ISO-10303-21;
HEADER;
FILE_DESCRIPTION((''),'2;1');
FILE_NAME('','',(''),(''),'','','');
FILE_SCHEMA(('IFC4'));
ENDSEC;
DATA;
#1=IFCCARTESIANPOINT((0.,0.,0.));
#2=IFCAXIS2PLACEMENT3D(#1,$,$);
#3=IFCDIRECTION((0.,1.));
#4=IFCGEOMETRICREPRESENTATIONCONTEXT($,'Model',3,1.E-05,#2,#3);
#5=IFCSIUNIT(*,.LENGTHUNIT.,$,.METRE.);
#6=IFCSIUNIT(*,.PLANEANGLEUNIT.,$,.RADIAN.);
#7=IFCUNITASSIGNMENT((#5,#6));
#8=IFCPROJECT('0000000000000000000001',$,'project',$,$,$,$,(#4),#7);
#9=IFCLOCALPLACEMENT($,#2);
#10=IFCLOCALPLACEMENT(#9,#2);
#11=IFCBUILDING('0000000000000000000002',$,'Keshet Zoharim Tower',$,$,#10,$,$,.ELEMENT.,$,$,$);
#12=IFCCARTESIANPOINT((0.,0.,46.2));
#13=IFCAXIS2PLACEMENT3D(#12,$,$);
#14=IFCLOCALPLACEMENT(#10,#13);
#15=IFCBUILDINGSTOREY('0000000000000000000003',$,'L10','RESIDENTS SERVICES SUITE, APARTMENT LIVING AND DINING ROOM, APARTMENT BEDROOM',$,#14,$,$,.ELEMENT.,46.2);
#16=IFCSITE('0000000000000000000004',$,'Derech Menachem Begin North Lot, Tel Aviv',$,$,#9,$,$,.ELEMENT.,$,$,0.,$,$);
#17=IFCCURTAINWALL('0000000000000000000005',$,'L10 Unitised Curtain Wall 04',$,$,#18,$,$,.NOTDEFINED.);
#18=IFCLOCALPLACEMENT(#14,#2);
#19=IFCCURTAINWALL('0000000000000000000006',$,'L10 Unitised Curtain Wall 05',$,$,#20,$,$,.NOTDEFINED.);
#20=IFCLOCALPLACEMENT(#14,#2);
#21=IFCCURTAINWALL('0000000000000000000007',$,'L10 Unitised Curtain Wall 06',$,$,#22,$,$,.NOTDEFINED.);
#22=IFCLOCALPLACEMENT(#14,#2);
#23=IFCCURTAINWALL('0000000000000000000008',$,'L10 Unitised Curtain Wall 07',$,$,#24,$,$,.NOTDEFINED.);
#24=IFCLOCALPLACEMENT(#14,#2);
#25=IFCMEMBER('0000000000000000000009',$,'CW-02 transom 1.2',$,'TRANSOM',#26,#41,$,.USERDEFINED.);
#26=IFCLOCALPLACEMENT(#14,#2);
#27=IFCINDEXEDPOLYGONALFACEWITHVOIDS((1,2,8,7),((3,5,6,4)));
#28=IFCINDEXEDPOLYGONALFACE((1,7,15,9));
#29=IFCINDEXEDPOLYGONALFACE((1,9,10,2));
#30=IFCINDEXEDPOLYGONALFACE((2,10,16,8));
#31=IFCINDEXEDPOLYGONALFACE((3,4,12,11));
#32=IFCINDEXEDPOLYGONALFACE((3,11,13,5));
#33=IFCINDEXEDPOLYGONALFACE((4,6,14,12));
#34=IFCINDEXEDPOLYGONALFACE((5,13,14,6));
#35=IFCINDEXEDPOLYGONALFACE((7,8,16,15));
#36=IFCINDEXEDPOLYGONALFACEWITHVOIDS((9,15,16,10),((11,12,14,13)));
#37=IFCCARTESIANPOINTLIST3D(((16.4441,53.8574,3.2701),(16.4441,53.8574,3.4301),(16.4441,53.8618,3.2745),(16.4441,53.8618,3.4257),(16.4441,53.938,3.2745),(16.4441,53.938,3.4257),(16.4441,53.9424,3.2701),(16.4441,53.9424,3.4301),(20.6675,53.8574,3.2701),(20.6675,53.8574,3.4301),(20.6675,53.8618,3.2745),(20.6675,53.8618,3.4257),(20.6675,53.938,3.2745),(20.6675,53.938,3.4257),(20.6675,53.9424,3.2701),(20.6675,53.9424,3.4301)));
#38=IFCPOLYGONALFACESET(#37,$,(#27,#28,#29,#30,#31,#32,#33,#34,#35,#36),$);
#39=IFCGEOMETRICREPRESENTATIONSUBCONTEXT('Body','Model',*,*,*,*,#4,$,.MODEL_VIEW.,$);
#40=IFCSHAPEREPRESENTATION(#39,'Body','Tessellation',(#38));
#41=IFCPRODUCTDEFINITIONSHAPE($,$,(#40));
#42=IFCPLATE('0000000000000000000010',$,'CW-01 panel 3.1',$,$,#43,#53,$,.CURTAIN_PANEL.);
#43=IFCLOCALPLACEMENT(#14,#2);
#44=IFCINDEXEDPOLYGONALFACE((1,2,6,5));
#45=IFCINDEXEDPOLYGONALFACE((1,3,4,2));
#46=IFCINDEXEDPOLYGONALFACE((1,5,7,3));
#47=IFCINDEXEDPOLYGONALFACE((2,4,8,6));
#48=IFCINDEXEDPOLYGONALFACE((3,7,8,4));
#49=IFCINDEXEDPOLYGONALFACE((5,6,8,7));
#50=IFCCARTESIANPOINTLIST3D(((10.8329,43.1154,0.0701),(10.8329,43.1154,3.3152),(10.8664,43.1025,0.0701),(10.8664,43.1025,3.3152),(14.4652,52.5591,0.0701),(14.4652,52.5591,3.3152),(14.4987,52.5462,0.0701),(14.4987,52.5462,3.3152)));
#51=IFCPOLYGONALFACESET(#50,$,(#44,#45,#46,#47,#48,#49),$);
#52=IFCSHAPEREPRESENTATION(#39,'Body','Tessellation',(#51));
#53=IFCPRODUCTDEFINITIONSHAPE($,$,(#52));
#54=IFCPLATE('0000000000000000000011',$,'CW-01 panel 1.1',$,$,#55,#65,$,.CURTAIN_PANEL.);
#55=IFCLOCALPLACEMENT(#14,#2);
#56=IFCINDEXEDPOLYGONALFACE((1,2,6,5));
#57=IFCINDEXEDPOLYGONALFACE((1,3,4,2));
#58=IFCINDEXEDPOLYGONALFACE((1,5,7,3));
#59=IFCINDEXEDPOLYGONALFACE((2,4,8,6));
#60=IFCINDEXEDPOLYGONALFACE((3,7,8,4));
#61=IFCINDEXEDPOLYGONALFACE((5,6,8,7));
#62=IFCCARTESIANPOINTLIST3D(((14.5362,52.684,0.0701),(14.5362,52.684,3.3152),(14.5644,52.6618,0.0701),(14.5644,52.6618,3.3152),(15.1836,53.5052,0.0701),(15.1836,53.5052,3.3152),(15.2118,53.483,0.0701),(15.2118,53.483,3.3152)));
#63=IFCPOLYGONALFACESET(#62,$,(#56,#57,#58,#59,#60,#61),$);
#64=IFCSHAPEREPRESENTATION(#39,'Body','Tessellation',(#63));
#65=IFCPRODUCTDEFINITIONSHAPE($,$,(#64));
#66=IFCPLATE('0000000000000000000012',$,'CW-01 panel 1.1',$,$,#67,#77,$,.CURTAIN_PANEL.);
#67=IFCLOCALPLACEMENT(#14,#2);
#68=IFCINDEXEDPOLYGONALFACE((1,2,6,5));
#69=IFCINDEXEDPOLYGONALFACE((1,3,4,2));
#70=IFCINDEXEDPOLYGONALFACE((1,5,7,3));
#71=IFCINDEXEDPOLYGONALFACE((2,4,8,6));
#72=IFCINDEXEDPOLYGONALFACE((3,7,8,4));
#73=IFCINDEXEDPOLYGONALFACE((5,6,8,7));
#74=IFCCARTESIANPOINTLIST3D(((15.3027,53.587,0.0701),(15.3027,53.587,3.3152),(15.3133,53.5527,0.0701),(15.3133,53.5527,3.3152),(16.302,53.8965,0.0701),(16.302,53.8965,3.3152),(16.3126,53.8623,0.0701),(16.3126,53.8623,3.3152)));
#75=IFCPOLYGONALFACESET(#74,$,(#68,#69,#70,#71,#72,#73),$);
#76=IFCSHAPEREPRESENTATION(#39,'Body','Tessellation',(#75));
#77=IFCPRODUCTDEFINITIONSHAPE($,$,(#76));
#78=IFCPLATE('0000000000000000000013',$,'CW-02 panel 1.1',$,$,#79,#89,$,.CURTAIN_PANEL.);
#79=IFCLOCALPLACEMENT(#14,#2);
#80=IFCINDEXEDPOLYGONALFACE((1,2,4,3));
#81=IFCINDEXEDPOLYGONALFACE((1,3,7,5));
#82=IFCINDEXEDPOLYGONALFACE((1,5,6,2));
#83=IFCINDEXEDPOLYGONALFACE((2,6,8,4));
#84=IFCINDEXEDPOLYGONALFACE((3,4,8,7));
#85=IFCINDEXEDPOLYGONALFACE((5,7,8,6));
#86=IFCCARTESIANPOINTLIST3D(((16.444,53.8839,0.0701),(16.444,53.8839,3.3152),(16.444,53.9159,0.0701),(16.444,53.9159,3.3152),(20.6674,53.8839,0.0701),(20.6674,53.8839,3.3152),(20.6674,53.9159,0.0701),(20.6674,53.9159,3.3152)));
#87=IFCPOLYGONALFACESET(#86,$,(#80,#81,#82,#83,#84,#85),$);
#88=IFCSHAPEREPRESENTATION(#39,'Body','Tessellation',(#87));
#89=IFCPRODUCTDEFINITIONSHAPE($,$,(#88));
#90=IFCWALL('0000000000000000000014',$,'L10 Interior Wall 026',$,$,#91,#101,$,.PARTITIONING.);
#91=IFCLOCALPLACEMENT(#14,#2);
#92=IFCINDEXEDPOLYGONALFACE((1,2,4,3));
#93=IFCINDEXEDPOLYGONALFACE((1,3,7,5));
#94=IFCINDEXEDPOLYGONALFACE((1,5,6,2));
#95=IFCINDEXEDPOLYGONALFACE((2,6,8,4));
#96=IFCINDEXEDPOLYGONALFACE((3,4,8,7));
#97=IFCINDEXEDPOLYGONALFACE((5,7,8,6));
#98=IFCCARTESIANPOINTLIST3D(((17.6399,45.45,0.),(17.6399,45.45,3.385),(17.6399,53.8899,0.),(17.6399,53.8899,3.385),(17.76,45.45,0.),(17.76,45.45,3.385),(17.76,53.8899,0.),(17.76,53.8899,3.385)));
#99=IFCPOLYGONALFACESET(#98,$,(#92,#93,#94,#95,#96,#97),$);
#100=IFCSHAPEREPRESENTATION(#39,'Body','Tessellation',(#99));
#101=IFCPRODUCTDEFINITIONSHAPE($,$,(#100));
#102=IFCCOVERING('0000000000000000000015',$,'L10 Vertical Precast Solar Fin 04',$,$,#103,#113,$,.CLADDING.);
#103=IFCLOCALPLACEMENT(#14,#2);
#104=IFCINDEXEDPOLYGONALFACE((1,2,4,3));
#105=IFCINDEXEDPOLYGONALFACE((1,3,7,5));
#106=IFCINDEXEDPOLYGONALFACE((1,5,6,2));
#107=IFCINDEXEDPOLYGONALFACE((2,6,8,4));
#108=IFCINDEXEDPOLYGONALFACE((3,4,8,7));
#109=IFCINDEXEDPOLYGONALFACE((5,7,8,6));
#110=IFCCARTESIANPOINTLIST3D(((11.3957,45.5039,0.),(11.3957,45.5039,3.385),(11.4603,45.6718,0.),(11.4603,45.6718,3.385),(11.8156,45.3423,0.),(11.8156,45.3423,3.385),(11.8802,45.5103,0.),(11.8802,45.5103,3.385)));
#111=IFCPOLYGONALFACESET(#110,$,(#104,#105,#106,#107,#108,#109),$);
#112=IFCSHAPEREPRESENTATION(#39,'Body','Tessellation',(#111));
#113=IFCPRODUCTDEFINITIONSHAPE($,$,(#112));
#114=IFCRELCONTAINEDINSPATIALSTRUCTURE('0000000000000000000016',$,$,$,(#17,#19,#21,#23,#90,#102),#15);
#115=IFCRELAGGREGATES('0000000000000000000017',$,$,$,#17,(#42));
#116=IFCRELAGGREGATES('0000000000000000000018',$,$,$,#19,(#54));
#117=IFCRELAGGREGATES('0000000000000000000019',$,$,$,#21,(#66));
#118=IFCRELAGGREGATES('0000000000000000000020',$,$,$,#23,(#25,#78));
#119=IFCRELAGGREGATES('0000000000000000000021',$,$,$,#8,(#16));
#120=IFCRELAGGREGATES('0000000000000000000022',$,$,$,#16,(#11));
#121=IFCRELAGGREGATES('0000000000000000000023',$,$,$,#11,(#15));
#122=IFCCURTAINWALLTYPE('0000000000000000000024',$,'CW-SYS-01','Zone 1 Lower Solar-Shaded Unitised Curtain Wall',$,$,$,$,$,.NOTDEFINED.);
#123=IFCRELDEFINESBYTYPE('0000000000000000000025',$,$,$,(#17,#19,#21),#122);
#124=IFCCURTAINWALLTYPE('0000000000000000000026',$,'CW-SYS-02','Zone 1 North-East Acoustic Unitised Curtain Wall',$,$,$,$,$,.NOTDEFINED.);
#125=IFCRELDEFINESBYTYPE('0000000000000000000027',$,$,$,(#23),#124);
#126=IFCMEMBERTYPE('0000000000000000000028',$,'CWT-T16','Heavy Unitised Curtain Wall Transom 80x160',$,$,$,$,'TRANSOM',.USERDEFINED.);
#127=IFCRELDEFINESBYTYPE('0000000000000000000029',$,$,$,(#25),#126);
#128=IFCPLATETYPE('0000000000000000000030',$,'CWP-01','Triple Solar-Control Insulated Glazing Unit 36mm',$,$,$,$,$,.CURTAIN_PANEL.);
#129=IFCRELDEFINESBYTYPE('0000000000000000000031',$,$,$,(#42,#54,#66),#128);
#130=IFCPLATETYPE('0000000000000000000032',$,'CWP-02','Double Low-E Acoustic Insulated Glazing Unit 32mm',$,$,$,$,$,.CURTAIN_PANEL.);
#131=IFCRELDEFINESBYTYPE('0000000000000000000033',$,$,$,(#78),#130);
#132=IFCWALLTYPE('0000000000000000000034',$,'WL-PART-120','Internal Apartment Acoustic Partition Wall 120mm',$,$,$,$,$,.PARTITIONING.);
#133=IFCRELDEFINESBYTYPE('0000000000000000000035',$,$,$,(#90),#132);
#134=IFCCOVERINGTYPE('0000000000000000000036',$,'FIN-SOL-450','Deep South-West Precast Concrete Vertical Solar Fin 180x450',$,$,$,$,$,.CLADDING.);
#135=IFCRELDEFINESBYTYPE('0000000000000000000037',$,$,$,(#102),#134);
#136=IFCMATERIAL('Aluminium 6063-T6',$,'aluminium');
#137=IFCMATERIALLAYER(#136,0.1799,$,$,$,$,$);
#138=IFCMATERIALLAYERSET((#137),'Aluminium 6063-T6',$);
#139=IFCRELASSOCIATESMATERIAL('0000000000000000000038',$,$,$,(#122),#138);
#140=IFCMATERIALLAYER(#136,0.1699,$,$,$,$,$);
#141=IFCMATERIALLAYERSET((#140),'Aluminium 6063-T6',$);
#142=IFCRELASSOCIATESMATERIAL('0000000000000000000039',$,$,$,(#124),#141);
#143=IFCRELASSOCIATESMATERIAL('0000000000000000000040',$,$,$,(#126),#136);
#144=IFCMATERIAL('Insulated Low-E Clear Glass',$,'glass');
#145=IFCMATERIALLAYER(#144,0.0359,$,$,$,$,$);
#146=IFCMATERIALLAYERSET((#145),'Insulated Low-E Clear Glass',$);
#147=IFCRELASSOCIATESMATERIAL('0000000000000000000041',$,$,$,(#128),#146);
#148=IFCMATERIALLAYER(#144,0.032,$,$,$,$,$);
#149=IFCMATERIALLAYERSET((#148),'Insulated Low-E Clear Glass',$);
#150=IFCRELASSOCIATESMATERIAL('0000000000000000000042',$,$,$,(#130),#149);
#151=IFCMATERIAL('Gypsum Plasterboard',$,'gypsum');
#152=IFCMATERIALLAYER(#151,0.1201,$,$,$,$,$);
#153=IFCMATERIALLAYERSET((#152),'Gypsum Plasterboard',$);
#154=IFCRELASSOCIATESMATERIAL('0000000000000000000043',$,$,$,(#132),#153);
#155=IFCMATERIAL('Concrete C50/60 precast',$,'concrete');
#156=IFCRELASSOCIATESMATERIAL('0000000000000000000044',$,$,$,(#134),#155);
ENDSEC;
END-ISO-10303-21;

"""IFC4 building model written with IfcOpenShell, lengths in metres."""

from ifc_helpers import new_model, si_unit, direction, frame, frame_2d, origin, origin_2d, place, context, subcontext, project, spatial, rectangle, hollow_rectangle, extrude, material, layer, layer_set, material_profile, profile_set, type_object, element, aggregate, save


model = new_model("IFC4")

# Units and contexts
model_context = context("Model", 3, precision=1e-05, world=origin(), true_north=direction((0.0, 1.0)))
body_context = subcontext(model_context, "Body", "Model", "MODEL_VIEW")
ifc_project = project(units=[si_unit("LENGTHUNIT", "METRE"), si_unit("PLANEANGLEUNIT", "RADIAN")], contexts=[model_context])

# Site, building, storey
site_placement = place(None, origin())
site = spatial("IfcSite", under=ifc_project, at=site_placement, Name="Derech Menachem Begin North Lot, Tel Aviv", CompositionType="ELEMENT", RefElevation=0.0)
building_placement = place(site_placement, origin())
building = spatial("IfcBuilding", under=site, at=building_placement, Name="Keshet Zoharim Tower", CompositionType="ELEMENT")
storey_placement = place(building_placement, frame((0.0, 0.0, 46.2)))
storey = spatial("IfcBuildingStorey", under=building, at=storey_placement, Name="L10", Description="RESIDENTS SERVICES SUITE, APARTMENT LIVING AND DINING ROOM, APARTMENT BEDROOM", CompositionType="ELEMENT", Elevation=46.2)

# Curtain wall
ifc_material_1 = material(Name="Aluminium 6063-T6", Category="aluminium")
ifc_layer_1 = layer(ifc_material_1, 0.1799)
ifc_layer_set_1 = layer_set([ifc_layer_1], Name="Aluminium 6063-T6")
curtain_wall_type_1 = type_object("IfcCurtainWallType", Name="CW-SYS-01", Description="Zone 1 Lower Solar-Shaded Unitised Curtain Wall", PredefinedType="NOTDEFINED", material=ifc_layer_set_1)
curtain_wall_1_placement = place(storey_placement, origin())
curtain_wall_1 = element("IfcCurtainWall", 1, at=curtain_wall_1_placement, inside=storey, type_object=curtain_wall_type_1, Name="L10 Unitised Curtain Wall 04", PredefinedType="NOTDEFINED")

# Curtain walls
curtain_wall_2_placement = place(storey_placement, origin())
curtain_wall_2 = element("IfcCurtainWall", 2, at=curtain_wall_2_placement, inside=storey, type_object=curtain_wall_type_1, Name="L10 Unitised Curtain Wall 05", PredefinedType="NOTDEFINED")
curtain_wall_3_placement = place(storey_placement, origin())
curtain_wall_3 = element("IfcCurtainWall", 3, at=curtain_wall_3_placement, inside=storey, type_object=curtain_wall_type_1, Name="L10 Unitised Curtain Wall 06", PredefinedType="NOTDEFINED")

# Curtain wall
ifc_layer_2 = layer(ifc_material_1, 0.1699)
ifc_layer_set_2 = layer_set([ifc_layer_2], Name="Aluminium 6063-T6")
curtain_wall_type_2 = type_object("IfcCurtainWallType", Name="CW-SYS-02", Description="Zone 1 North-East Acoustic Unitised Curtain Wall", PredefinedType="NOTDEFINED", material=ifc_layer_set_2)
curtain_wall_4_placement = place(storey_placement, origin())
curtain_wall_4 = element("IfcCurtainWall", 4, at=curtain_wall_4_placement, inside=storey, type_object=curtain_wall_type_2, Name="L10 Unitised Curtain Wall 07", PredefinedType="NOTDEFINED")

# Member
ifc_material_profile_1 = material_profile(ifc_material_1, hollow_rectangle(XDim=0.085, YDim=0.1599, WallThickness=0.0044, at=origin_2d()), Name="TRN-85x160")
ifc_profile_set_1 = profile_set([ifc_material_profile_1], Name="Aluminium 6063-T6")
member_type_1 = type_object("IfcMemberType", Name="CWT-T16", Description="Heavy Unitised Curtain Wall Transom 80x160", ElementType="TRANSOM", PredefinedType="USERDEFINED", material=ifc_profile_set_1)
member_1_placement = place(storey_placement, frame((16.4441, 53.8999, 3.3501), z_axis=(1.0, 0.0, 0.0), x_axis=(0.0, 1.0, 0.0)))
member_1 = element("IfcMember", 5, at=member_1_placement, type_object=member_type_1, Name="CW-02 transom 1.2", ObjectType="TRANSOM", PredefinedType="USERDEFINED", context=body_context, shape_type="SweptSolid", body=[
    extrude(hollow_rectangle(XDim=0.085, YDim=0.1599, WallThickness=0.0044, at=origin_2d()), origin(), (0.0, 0.0, 1.0), 4.2234),
])

# Plates
ifc_material_2 = material(Name="Insulated Low-E Clear Glass", Category="glass")
ifc_layer_3 = layer(ifc_material_2, 0.0359)
ifc_layer_set_3 = layer_set([ifc_layer_3], Name="Insulated Low-E Clear Glass")
plate_type_1 = type_object("IfcPlateType", Name="CWP-01", Description="Triple Solar-Control Insulated Glazing Unit 36mm", PredefinedType="CURTAIN_PANEL", material=ifc_layer_set_3)
plate_1_placement = place(storey_placement, frame((12.6658, 47.8308, 0.0701), z_axis=(0.0, 0.0, 1.0), x_axis=(0.35899, 0.933341, 0.0)))
plate_1 = element("IfcPlate", 6, at=plate_1_placement, type_object=plate_type_1, Name="CW-01 panel 3.1", PredefinedType="CURTAIN_PANEL", context=body_context, shape_type="SweptSolid", body=[
    extrude(rectangle(XDim=10.1182, YDim=0.0359, at=origin_2d()), origin(), (0.0, 0.0, 1.0), 3.2451),
])
aggregate(curtain_wall_1, [plate_1])
plate_2_placement = place(storey_placement, frame((14.874, 53.0835, 0.0701), z_axis=(0.0, 0.0, 1.0), x_axis=(0.619125, 0.785293, 0.0)))
plate_2 = element("IfcPlate", 7, at=plate_2_placement, type_object=plate_type_1, Name="CW-01 panel 1.1", PredefinedType="CURTAIN_PANEL", context=body_context, shape_type="SweptSolid", body=[
    extrude(rectangle(XDim=1.0457, YDim=0.0359, at=origin_2d()), origin(), (0.0, 0.0, 1.0), 3.2451),
])
aggregate(curtain_wall_2, [plate_2])
plate_3_placement = place(storey_placement, frame((15.8076, 53.7246, 0.0701), z_axis=(0.0, 0.0, 1.0), x_axis=(0.955212, 0.295922, 0.0)))
plate_3 = element("IfcPlate", 8, at=plate_3_placement, type_object=plate_type_1, Name="CW-01 panel 1.1", PredefinedType="CURTAIN_PANEL", context=body_context, shape_type="SweptSolid", body=[
    extrude(rectangle(XDim=1.0461, YDim=0.0359, at=origin_2d()), origin(), (0.0, 0.0, 1.0), 3.2451),
])
aggregate(curtain_wall_3, [plate_3])
ifc_layer_4 = layer(ifc_material_2, 0.032)
ifc_layer_set_4 = layer_set([ifc_layer_4], Name="Insulated Low-E Clear Glass")
plate_type_2 = type_object("IfcPlateType", Name="CWP-02", Description="Double Low-E Acoustic Insulated Glazing Unit 32mm", PredefinedType="CURTAIN_PANEL", material=ifc_layer_set_4)
plate_4_placement = place(storey_placement, frame((18.5557, 53.8999, 0.0701), z_axis=(0.0, 0.0, 1.0), x_axis=(1.0, 0.0, 0.0)))
plate_4 = element("IfcPlate", 9, at=plate_4_placement, type_object=plate_type_2, Name="CW-02 panel 1.1", PredefinedType="CURTAIN_PANEL", context=body_context, shape_type="SweptSolid", body=[
    extrude(rectangle(XDim=4.2234, YDim=0.032, at=origin_2d()), origin(), (0.0, 0.0, 1.0), 3.2451),
])
aggregate(curtain_wall_4, [member_1, plate_4])

# Wall
ifc_material_3 = material(Name="Gypsum Plasterboard", Category="gypsum")
ifc_layer_5 = layer(ifc_material_3, 0.1201)
ifc_layer_set_5 = layer_set([ifc_layer_5], Name="Gypsum Plasterboard")
wall_type = type_object("IfcWallType", Name="WL-PART-120", Description="Internal Apartment Acoustic Partition Wall 120mm", PredefinedType="PARTITIONING", material=ifc_layer_set_5)
wall_placement = place(storey_placement, frame((17.7, 45.45, 0.0), z_axis=(0.0, 0.0, 1.0), x_axis=(0.0, 1.0, 0.0)))
element("IfcWall", 10, at=wall_placement, inside=storey, type_object=wall_type, Name="L10 Interior Wall 026", PredefinedType="PARTITIONING", context=body_context, shape_type="SweptSolid", body=[
    extrude(rectangle(XDim=8.4399, YDim=0.1201, at=frame_2d((4.22, 0.0))), origin(), (0.0, 0.0, 1.0), 3.385),
])

# Covering
ifc_material_4 = material(Name="Concrete C50/60 precast", Category="concrete")
covering_type = type_object("IfcCoveringType", Name="FIN-SOL-450", Description="Deep South-West Precast Concrete Vertical Solar Fin 180x450", PredefinedType="CLADDING", material=ifc_material_4)
covering_placement = place(storey_placement, frame((11.6379, 45.5071, 0.0), z_axis=(0.0, 0.0, 1.0), x_axis=(0.35899, 0.933341, 0.0)))
element("IfcCovering", 11, at=covering_placement, inside=storey, type_object=covering_type, Name="L10 Vertical Precast Solar Fin 04", PredefinedType="CLADDING", context=body_context, shape_type="SweptSolid", body=[
    extrude(rectangle(XDim=0.1799, YDim=0.45, at=origin_2d()), origin(), (0.0, 0.0, 1.0), 3.385),
])

save(model, "model.ifc")
